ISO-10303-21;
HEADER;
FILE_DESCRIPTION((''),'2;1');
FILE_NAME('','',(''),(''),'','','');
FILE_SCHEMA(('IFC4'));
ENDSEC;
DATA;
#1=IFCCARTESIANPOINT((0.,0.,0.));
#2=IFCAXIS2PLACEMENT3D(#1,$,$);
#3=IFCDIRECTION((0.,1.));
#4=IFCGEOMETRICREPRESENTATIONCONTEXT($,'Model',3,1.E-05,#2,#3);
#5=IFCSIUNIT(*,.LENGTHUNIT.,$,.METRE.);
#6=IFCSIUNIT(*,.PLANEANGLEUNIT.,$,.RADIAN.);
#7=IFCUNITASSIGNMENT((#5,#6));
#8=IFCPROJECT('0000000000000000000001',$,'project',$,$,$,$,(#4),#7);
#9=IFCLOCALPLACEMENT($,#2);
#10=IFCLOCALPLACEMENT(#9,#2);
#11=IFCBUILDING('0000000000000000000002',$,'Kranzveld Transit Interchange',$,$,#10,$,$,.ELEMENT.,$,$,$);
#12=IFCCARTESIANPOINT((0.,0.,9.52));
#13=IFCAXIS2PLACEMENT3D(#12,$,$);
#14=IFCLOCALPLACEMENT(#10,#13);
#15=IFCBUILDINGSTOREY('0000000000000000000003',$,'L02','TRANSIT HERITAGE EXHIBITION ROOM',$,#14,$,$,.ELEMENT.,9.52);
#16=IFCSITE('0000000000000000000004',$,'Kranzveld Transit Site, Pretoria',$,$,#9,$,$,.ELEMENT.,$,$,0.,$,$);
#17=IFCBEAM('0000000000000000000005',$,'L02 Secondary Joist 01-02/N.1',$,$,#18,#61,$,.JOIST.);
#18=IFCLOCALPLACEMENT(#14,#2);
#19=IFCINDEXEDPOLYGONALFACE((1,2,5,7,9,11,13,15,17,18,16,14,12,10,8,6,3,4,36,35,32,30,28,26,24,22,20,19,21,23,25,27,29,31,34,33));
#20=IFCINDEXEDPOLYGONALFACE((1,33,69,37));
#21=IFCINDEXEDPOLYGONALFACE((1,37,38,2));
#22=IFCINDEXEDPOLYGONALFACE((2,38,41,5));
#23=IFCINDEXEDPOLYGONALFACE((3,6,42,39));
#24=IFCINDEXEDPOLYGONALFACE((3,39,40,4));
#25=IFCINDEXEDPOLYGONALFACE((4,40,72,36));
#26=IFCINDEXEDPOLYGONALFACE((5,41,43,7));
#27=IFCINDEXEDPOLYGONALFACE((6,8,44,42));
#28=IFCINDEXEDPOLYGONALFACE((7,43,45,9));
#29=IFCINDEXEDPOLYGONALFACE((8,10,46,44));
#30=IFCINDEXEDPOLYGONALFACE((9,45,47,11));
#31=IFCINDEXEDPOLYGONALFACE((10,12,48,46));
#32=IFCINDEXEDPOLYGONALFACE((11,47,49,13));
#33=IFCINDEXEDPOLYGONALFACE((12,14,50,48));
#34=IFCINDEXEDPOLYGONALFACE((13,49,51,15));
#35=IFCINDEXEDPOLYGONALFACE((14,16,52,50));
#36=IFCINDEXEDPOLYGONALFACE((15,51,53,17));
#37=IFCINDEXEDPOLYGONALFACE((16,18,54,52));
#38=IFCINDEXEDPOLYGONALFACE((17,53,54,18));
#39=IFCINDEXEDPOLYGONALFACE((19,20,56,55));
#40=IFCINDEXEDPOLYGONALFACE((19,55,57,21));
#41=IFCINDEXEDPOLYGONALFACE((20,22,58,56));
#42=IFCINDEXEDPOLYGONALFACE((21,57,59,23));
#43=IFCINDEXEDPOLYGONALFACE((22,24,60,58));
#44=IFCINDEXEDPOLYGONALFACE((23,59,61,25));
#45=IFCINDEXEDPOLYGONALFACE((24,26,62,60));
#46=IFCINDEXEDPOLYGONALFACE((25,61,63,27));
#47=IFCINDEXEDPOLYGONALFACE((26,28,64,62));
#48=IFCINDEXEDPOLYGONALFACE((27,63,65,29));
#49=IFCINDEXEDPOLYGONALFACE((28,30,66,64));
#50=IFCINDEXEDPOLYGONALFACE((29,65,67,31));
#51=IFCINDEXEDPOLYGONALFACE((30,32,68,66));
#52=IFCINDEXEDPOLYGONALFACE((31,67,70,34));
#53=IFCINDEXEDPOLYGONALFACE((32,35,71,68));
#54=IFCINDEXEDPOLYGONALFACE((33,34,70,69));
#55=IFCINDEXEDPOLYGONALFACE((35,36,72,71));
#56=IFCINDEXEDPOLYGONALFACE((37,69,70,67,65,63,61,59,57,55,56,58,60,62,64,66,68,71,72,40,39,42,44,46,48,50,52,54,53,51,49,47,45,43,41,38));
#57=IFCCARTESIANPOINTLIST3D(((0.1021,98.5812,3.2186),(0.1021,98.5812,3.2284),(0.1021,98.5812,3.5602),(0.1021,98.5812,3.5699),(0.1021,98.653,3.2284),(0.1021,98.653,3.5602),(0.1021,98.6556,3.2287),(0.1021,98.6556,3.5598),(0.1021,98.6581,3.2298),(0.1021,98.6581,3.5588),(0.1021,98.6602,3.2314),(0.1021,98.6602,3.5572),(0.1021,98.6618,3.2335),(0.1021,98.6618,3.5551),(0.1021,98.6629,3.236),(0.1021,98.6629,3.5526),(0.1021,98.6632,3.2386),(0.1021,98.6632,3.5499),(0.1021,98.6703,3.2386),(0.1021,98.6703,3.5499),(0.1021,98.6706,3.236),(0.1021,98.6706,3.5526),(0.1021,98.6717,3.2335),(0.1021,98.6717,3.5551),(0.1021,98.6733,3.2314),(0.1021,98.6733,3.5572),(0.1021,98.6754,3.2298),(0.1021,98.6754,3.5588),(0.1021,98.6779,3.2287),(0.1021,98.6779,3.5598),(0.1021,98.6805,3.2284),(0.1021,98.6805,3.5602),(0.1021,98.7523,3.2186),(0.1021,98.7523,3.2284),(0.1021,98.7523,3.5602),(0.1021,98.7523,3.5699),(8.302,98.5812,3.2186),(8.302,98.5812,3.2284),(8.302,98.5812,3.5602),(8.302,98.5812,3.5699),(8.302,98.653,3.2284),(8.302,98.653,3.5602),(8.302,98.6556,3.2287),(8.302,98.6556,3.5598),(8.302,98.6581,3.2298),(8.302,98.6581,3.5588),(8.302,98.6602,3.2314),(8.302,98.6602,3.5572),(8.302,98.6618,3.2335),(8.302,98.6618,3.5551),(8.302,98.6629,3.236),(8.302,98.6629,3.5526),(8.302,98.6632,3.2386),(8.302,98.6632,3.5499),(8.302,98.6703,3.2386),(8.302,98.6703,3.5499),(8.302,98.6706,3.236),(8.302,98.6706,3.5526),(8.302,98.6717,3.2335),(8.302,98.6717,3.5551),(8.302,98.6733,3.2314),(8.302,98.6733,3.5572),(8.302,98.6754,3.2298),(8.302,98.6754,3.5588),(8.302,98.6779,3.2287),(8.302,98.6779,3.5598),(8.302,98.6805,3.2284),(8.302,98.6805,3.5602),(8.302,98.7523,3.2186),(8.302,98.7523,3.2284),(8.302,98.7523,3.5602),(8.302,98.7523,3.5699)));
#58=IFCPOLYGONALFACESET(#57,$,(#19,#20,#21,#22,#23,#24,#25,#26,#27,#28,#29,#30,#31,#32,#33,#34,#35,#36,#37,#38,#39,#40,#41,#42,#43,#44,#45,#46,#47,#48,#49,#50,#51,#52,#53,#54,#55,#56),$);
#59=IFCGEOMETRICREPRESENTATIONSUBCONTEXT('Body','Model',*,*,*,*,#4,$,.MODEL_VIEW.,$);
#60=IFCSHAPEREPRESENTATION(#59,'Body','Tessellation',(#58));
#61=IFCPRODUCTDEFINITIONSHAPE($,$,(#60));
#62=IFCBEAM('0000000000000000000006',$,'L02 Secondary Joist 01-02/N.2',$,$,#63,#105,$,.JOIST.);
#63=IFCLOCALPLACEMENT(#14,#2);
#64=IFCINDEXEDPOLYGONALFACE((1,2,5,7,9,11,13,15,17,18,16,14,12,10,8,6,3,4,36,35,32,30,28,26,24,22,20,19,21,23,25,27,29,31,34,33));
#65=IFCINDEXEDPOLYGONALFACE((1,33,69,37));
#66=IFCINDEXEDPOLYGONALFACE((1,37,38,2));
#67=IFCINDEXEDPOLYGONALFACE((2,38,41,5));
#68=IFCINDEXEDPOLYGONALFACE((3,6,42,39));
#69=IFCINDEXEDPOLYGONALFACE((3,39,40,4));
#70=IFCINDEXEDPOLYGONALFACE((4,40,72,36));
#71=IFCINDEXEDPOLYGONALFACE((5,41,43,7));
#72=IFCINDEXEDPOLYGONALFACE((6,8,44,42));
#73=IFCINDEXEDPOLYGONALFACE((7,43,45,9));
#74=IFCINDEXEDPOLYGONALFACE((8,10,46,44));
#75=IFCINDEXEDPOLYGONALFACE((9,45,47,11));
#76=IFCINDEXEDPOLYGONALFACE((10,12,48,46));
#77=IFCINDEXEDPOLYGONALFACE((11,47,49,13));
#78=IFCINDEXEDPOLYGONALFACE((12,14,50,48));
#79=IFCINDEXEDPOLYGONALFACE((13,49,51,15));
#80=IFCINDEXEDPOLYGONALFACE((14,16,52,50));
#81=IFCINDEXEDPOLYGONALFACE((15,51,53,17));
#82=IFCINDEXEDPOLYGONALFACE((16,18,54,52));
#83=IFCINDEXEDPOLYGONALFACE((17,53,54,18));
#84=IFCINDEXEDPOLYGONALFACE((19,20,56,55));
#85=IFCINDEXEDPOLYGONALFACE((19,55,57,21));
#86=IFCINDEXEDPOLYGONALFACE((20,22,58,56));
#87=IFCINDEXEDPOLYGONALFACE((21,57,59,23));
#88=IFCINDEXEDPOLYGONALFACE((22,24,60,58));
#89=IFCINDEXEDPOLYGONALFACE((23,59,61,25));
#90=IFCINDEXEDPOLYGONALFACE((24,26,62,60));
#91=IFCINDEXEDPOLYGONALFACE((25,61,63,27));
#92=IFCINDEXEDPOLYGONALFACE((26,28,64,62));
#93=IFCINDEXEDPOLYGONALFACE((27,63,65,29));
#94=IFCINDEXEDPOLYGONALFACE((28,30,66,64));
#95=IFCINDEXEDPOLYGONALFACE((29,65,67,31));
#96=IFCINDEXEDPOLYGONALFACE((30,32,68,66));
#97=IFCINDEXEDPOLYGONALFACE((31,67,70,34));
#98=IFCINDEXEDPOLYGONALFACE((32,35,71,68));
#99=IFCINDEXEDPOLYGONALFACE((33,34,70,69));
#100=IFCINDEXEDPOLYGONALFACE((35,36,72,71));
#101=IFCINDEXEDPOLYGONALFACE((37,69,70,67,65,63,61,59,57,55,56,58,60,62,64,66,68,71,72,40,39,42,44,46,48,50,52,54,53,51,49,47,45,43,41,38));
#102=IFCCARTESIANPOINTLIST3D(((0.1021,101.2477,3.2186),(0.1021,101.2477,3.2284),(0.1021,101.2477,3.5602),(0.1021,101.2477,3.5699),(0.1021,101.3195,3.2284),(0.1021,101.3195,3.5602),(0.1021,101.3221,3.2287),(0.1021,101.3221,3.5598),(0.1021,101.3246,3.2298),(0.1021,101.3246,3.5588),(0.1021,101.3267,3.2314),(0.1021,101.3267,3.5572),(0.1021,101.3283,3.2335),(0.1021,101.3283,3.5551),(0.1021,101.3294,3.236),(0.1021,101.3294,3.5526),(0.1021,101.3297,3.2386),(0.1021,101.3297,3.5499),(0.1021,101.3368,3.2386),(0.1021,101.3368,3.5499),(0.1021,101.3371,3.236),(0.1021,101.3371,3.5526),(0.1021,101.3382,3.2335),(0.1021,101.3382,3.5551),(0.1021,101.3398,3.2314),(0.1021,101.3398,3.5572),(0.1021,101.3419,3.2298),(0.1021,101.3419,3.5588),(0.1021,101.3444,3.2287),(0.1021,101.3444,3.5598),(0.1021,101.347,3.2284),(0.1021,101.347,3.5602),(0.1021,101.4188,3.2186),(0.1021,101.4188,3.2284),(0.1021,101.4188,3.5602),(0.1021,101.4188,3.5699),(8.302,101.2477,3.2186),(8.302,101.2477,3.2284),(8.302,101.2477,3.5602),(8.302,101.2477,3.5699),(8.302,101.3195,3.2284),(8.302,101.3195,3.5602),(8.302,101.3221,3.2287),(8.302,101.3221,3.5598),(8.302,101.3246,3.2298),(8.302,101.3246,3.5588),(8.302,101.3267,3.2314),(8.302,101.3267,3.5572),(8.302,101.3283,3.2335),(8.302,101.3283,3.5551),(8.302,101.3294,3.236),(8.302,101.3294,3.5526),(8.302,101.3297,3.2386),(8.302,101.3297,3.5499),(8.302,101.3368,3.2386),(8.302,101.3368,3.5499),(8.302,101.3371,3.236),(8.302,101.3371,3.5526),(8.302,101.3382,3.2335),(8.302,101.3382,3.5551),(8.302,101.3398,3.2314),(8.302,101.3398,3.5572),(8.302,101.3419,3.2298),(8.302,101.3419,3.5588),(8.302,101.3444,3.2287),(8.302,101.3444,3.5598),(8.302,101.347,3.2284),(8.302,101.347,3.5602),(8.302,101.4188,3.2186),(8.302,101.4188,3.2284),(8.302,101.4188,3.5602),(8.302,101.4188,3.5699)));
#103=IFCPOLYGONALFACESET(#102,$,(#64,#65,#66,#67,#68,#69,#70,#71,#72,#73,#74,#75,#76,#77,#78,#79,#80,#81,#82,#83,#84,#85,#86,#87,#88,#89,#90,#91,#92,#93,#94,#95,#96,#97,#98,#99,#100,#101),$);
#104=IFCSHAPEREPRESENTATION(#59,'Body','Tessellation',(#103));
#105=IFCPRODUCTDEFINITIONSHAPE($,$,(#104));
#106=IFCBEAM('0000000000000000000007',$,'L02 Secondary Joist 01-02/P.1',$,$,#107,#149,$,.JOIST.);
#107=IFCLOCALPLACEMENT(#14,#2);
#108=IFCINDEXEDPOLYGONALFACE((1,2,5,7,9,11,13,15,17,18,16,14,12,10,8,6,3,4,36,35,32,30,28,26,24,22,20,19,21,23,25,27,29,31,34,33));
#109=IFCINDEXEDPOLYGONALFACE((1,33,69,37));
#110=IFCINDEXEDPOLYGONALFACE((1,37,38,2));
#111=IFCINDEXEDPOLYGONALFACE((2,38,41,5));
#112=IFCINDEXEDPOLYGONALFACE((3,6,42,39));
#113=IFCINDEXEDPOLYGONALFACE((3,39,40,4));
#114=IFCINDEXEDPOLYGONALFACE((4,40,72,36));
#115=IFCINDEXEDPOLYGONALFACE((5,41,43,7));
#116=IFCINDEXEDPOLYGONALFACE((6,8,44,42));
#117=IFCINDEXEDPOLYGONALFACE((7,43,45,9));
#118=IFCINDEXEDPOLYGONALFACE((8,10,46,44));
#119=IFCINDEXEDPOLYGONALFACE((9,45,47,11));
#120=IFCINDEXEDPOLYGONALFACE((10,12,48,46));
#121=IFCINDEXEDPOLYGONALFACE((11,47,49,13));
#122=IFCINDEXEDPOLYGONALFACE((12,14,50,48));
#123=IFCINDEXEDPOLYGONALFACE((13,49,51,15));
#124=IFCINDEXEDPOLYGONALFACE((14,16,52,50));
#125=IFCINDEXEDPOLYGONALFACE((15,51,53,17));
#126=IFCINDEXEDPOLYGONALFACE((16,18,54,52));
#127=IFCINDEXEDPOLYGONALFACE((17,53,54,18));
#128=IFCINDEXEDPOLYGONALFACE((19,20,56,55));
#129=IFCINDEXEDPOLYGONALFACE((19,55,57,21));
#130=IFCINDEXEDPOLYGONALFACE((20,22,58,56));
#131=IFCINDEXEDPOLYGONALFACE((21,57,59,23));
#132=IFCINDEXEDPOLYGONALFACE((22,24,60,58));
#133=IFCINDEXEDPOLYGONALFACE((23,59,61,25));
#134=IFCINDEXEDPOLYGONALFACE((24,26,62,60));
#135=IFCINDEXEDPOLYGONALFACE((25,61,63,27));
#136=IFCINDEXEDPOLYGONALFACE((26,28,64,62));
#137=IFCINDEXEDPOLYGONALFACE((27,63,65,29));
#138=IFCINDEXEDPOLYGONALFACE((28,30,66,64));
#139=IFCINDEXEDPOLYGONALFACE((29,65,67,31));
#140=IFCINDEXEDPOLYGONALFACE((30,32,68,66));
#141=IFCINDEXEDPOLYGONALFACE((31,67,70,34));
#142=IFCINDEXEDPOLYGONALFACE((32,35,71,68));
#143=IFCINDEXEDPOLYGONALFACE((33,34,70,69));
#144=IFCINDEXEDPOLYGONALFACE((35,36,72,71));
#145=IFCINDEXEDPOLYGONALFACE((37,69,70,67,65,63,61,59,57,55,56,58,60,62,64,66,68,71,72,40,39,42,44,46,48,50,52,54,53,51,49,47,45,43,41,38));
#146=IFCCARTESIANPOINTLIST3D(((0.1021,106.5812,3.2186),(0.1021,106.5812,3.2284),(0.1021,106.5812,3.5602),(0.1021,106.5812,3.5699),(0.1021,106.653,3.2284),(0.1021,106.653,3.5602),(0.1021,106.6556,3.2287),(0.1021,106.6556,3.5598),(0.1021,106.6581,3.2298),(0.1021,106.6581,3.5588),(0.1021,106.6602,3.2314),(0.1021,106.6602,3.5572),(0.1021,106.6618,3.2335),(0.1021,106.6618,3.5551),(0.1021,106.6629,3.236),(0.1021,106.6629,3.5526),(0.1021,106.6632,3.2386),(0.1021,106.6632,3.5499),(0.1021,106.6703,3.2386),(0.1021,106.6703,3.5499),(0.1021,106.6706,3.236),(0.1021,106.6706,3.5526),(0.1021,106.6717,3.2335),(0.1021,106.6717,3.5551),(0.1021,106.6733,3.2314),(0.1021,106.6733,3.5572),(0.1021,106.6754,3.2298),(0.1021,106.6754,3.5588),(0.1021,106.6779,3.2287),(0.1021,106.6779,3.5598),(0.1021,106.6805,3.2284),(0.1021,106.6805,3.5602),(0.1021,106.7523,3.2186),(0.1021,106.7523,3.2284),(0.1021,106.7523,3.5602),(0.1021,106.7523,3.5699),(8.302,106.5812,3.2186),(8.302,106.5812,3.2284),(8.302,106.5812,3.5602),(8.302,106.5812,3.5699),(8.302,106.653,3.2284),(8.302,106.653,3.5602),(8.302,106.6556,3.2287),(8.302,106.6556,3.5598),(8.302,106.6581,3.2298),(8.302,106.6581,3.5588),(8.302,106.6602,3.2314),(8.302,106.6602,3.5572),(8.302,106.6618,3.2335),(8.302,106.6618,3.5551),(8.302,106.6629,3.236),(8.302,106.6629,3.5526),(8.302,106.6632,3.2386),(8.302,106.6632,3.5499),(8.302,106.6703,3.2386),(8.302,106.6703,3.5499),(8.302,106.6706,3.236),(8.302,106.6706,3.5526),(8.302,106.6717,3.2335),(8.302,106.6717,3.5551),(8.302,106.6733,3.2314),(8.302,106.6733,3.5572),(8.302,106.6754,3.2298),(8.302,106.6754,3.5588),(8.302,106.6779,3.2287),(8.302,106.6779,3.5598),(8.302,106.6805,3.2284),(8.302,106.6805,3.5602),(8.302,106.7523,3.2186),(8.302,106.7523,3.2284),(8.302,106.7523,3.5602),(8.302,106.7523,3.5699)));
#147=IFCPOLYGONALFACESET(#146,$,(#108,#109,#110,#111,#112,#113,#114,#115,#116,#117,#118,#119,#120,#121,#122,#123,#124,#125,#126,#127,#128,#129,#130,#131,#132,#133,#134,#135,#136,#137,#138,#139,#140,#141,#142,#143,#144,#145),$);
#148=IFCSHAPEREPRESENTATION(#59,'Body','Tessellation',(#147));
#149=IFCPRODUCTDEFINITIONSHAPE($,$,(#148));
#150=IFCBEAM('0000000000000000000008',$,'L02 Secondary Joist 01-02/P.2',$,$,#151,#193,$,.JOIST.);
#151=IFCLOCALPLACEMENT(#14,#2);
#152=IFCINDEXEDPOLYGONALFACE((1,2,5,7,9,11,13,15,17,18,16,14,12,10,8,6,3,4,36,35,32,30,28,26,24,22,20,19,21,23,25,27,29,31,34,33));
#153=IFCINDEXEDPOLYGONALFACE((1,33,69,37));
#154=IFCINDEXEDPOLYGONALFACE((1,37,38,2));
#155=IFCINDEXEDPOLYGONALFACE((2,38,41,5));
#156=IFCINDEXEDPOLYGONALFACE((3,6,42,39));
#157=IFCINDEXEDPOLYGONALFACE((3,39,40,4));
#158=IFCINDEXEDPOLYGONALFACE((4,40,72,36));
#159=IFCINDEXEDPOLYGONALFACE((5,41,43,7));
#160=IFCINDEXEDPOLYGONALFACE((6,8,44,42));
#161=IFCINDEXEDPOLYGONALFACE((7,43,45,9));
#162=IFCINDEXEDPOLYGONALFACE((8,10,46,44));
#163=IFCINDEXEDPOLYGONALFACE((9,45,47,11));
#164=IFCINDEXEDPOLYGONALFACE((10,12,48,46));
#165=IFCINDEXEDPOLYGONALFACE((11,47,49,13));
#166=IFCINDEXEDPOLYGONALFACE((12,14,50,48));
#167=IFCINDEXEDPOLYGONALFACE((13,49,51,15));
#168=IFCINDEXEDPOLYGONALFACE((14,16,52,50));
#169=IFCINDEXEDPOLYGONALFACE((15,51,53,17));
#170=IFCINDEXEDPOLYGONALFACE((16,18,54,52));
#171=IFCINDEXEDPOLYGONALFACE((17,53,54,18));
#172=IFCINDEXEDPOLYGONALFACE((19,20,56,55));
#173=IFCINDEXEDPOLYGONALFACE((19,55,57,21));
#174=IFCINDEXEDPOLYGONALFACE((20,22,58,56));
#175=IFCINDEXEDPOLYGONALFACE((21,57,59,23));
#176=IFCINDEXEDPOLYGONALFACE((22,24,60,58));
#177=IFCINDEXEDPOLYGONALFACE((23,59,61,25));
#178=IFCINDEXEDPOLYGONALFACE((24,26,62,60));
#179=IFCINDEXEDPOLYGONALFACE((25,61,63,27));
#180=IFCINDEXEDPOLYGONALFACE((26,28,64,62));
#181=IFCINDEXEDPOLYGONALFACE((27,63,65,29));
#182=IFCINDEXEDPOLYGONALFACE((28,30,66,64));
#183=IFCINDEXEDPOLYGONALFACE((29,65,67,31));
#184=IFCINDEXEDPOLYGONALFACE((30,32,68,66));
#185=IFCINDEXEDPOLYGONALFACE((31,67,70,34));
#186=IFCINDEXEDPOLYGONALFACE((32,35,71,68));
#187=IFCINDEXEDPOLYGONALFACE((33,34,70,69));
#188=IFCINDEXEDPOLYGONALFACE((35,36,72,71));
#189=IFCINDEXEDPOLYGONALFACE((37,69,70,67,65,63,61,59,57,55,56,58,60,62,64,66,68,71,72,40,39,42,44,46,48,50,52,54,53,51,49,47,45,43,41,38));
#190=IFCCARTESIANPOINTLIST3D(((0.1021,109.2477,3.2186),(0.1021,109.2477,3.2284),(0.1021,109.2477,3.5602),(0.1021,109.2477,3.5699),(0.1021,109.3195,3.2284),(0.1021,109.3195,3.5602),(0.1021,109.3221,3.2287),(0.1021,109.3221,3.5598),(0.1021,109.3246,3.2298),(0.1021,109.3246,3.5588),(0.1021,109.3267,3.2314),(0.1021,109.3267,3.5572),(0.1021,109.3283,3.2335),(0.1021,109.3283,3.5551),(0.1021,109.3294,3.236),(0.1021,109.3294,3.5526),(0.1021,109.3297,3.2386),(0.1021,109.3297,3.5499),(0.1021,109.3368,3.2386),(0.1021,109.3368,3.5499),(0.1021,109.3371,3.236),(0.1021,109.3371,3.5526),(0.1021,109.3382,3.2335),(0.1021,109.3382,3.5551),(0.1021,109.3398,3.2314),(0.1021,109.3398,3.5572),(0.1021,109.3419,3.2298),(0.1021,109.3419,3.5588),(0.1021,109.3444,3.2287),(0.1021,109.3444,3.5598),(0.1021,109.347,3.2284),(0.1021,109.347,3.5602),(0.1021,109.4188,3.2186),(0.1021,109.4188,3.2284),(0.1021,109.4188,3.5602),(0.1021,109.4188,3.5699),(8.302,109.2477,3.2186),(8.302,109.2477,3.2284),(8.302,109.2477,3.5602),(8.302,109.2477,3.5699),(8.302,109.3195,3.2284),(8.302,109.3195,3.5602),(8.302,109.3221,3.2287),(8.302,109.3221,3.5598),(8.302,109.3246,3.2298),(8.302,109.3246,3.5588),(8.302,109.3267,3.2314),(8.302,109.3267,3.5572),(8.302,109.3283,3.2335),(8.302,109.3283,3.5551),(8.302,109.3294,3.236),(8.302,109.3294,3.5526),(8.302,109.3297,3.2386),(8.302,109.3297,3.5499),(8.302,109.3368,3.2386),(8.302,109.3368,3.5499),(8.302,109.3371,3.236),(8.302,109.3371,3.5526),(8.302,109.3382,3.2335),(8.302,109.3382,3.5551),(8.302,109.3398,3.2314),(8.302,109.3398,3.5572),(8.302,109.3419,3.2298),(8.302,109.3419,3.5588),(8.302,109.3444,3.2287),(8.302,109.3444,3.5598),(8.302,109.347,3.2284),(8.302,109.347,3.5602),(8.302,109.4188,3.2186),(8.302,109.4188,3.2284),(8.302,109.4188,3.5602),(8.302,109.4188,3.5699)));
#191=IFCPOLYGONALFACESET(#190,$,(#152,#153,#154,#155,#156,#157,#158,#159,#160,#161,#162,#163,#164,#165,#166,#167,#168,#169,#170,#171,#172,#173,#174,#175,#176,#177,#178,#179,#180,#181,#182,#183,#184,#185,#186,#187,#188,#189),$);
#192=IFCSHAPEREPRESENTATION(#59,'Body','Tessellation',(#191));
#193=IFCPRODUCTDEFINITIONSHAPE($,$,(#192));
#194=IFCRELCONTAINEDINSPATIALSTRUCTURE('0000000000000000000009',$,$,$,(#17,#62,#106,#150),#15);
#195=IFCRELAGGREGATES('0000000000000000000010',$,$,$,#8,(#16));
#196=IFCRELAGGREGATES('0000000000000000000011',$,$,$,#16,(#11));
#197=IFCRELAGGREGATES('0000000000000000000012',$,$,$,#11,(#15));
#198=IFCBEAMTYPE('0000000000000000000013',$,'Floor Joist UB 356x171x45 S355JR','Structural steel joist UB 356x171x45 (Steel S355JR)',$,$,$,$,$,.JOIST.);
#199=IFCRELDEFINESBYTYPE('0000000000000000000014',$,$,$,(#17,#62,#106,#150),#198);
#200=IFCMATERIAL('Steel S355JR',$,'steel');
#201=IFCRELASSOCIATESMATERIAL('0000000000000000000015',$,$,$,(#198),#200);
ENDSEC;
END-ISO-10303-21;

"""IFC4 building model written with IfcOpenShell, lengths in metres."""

from ifc_helpers import new_model, si_unit, direction, frame, origin, origin_2d, place, context, subcontext, project, spatial, i_section, extrude, material, material_profile, profile_set, type_object, element, save


model = new_model("IFC4")

# Units and contexts
model_context = context("Model", 3, precision=1e-05, world=origin(), true_north=direction((0.0, 1.0)))
body_context = subcontext(model_context, "Body", "Model", "MODEL_VIEW")
ifc_project = project(units=[si_unit("LENGTHUNIT", "METRE"), si_unit("PLANEANGLEUNIT", "RADIAN")], contexts=[model_context])

# Site, building, storey
site_placement = place(None, origin())
site = spatial("IfcSite", under=ifc_project, at=site_placement, Name="Kranzveld Transit Site, Pretoria", CompositionType="ELEMENT", RefElevation=0.0)
building_placement = place(site_placement, origin())
building = spatial("IfcBuilding", under=site, at=building_placement, Name="Kranzveld Transit Interchange", CompositionType="ELEMENT")
storey_placement = place(building_placement, frame((0.0, 0.0, 9.52)))
storey = spatial("IfcBuildingStorey", under=building, at=storey_placement, Name="L02", Description="TRANSIT HERITAGE EXHIBITION ROOM", CompositionType="ELEMENT", Elevation=9.52)

# Beams
ifc_material_1 = material(Name="Steel S355JR", Category="steel")
ifc_material_profile_1 = material_profile(ifc_material_1, i_section(OverallWidth=0.1711, OverallDepth=0.3513, WebThickness=0.0071, FlangeThickness=0.0098, FilletRadius=0.0103, at=origin_2d()), Name="UB 356x171x45")
ifc_profile_set_1 = profile_set([ifc_material_profile_1], Name="Steel S355JR")
beam_type_1 = type_object("IfcBeamType", Name="Floor Joist UB 356x171x45 S355JR", Description="Structural steel joist UB 356x171x45 (Steel S355JR)", PredefinedType="JOIST", material=ifc_profile_set_1)
for number, where, z_axis, x_axis, name in (
    (1, (0.1021, 98.6667, 3.3943), (1.0, 0.0, 0.0), (0.0, 1.0, 0.0), "L02 Secondary Joist 01-02/N.1"),
    (2, (0.1021, 101.3333, 3.3943), (1.0, 0.0, 0.0), (0.0, 1.0, 0.0), "L02 Secondary Joist 01-02/N.2"),
    (3, (0.1021, 106.6667, 3.3943), (1.0, 0.0, 0.0), (0.0, 1.0, 0.0), "L02 Secondary Joist 01-02/P.1"),
    (4, (0.1021, 109.3333, 3.3943), (1.0, 0.0, 0.0), (0.0, 1.0, 0.0), "L02 Secondary Joist 01-02/P.2"),
):
    element("IfcBeam", number, at=place(storey_placement, frame(where, z_axis=z_axis, x_axis=x_axis)), inside=storey, type_object=beam_type_1, Name=name, PredefinedType="JOIST", context=body_context, shape_type="SweptSolid", body=[
        extrude(i_section(OverallWidth=0.1711, OverallDepth=0.3513, WebThickness=0.0071, FlangeThickness=0.0098, FilletRadius=0.0103, at=origin_2d()), origin(), (0.0, 0.0, 1.0), 8.2),
    ])

save(model, "model.ifc")
